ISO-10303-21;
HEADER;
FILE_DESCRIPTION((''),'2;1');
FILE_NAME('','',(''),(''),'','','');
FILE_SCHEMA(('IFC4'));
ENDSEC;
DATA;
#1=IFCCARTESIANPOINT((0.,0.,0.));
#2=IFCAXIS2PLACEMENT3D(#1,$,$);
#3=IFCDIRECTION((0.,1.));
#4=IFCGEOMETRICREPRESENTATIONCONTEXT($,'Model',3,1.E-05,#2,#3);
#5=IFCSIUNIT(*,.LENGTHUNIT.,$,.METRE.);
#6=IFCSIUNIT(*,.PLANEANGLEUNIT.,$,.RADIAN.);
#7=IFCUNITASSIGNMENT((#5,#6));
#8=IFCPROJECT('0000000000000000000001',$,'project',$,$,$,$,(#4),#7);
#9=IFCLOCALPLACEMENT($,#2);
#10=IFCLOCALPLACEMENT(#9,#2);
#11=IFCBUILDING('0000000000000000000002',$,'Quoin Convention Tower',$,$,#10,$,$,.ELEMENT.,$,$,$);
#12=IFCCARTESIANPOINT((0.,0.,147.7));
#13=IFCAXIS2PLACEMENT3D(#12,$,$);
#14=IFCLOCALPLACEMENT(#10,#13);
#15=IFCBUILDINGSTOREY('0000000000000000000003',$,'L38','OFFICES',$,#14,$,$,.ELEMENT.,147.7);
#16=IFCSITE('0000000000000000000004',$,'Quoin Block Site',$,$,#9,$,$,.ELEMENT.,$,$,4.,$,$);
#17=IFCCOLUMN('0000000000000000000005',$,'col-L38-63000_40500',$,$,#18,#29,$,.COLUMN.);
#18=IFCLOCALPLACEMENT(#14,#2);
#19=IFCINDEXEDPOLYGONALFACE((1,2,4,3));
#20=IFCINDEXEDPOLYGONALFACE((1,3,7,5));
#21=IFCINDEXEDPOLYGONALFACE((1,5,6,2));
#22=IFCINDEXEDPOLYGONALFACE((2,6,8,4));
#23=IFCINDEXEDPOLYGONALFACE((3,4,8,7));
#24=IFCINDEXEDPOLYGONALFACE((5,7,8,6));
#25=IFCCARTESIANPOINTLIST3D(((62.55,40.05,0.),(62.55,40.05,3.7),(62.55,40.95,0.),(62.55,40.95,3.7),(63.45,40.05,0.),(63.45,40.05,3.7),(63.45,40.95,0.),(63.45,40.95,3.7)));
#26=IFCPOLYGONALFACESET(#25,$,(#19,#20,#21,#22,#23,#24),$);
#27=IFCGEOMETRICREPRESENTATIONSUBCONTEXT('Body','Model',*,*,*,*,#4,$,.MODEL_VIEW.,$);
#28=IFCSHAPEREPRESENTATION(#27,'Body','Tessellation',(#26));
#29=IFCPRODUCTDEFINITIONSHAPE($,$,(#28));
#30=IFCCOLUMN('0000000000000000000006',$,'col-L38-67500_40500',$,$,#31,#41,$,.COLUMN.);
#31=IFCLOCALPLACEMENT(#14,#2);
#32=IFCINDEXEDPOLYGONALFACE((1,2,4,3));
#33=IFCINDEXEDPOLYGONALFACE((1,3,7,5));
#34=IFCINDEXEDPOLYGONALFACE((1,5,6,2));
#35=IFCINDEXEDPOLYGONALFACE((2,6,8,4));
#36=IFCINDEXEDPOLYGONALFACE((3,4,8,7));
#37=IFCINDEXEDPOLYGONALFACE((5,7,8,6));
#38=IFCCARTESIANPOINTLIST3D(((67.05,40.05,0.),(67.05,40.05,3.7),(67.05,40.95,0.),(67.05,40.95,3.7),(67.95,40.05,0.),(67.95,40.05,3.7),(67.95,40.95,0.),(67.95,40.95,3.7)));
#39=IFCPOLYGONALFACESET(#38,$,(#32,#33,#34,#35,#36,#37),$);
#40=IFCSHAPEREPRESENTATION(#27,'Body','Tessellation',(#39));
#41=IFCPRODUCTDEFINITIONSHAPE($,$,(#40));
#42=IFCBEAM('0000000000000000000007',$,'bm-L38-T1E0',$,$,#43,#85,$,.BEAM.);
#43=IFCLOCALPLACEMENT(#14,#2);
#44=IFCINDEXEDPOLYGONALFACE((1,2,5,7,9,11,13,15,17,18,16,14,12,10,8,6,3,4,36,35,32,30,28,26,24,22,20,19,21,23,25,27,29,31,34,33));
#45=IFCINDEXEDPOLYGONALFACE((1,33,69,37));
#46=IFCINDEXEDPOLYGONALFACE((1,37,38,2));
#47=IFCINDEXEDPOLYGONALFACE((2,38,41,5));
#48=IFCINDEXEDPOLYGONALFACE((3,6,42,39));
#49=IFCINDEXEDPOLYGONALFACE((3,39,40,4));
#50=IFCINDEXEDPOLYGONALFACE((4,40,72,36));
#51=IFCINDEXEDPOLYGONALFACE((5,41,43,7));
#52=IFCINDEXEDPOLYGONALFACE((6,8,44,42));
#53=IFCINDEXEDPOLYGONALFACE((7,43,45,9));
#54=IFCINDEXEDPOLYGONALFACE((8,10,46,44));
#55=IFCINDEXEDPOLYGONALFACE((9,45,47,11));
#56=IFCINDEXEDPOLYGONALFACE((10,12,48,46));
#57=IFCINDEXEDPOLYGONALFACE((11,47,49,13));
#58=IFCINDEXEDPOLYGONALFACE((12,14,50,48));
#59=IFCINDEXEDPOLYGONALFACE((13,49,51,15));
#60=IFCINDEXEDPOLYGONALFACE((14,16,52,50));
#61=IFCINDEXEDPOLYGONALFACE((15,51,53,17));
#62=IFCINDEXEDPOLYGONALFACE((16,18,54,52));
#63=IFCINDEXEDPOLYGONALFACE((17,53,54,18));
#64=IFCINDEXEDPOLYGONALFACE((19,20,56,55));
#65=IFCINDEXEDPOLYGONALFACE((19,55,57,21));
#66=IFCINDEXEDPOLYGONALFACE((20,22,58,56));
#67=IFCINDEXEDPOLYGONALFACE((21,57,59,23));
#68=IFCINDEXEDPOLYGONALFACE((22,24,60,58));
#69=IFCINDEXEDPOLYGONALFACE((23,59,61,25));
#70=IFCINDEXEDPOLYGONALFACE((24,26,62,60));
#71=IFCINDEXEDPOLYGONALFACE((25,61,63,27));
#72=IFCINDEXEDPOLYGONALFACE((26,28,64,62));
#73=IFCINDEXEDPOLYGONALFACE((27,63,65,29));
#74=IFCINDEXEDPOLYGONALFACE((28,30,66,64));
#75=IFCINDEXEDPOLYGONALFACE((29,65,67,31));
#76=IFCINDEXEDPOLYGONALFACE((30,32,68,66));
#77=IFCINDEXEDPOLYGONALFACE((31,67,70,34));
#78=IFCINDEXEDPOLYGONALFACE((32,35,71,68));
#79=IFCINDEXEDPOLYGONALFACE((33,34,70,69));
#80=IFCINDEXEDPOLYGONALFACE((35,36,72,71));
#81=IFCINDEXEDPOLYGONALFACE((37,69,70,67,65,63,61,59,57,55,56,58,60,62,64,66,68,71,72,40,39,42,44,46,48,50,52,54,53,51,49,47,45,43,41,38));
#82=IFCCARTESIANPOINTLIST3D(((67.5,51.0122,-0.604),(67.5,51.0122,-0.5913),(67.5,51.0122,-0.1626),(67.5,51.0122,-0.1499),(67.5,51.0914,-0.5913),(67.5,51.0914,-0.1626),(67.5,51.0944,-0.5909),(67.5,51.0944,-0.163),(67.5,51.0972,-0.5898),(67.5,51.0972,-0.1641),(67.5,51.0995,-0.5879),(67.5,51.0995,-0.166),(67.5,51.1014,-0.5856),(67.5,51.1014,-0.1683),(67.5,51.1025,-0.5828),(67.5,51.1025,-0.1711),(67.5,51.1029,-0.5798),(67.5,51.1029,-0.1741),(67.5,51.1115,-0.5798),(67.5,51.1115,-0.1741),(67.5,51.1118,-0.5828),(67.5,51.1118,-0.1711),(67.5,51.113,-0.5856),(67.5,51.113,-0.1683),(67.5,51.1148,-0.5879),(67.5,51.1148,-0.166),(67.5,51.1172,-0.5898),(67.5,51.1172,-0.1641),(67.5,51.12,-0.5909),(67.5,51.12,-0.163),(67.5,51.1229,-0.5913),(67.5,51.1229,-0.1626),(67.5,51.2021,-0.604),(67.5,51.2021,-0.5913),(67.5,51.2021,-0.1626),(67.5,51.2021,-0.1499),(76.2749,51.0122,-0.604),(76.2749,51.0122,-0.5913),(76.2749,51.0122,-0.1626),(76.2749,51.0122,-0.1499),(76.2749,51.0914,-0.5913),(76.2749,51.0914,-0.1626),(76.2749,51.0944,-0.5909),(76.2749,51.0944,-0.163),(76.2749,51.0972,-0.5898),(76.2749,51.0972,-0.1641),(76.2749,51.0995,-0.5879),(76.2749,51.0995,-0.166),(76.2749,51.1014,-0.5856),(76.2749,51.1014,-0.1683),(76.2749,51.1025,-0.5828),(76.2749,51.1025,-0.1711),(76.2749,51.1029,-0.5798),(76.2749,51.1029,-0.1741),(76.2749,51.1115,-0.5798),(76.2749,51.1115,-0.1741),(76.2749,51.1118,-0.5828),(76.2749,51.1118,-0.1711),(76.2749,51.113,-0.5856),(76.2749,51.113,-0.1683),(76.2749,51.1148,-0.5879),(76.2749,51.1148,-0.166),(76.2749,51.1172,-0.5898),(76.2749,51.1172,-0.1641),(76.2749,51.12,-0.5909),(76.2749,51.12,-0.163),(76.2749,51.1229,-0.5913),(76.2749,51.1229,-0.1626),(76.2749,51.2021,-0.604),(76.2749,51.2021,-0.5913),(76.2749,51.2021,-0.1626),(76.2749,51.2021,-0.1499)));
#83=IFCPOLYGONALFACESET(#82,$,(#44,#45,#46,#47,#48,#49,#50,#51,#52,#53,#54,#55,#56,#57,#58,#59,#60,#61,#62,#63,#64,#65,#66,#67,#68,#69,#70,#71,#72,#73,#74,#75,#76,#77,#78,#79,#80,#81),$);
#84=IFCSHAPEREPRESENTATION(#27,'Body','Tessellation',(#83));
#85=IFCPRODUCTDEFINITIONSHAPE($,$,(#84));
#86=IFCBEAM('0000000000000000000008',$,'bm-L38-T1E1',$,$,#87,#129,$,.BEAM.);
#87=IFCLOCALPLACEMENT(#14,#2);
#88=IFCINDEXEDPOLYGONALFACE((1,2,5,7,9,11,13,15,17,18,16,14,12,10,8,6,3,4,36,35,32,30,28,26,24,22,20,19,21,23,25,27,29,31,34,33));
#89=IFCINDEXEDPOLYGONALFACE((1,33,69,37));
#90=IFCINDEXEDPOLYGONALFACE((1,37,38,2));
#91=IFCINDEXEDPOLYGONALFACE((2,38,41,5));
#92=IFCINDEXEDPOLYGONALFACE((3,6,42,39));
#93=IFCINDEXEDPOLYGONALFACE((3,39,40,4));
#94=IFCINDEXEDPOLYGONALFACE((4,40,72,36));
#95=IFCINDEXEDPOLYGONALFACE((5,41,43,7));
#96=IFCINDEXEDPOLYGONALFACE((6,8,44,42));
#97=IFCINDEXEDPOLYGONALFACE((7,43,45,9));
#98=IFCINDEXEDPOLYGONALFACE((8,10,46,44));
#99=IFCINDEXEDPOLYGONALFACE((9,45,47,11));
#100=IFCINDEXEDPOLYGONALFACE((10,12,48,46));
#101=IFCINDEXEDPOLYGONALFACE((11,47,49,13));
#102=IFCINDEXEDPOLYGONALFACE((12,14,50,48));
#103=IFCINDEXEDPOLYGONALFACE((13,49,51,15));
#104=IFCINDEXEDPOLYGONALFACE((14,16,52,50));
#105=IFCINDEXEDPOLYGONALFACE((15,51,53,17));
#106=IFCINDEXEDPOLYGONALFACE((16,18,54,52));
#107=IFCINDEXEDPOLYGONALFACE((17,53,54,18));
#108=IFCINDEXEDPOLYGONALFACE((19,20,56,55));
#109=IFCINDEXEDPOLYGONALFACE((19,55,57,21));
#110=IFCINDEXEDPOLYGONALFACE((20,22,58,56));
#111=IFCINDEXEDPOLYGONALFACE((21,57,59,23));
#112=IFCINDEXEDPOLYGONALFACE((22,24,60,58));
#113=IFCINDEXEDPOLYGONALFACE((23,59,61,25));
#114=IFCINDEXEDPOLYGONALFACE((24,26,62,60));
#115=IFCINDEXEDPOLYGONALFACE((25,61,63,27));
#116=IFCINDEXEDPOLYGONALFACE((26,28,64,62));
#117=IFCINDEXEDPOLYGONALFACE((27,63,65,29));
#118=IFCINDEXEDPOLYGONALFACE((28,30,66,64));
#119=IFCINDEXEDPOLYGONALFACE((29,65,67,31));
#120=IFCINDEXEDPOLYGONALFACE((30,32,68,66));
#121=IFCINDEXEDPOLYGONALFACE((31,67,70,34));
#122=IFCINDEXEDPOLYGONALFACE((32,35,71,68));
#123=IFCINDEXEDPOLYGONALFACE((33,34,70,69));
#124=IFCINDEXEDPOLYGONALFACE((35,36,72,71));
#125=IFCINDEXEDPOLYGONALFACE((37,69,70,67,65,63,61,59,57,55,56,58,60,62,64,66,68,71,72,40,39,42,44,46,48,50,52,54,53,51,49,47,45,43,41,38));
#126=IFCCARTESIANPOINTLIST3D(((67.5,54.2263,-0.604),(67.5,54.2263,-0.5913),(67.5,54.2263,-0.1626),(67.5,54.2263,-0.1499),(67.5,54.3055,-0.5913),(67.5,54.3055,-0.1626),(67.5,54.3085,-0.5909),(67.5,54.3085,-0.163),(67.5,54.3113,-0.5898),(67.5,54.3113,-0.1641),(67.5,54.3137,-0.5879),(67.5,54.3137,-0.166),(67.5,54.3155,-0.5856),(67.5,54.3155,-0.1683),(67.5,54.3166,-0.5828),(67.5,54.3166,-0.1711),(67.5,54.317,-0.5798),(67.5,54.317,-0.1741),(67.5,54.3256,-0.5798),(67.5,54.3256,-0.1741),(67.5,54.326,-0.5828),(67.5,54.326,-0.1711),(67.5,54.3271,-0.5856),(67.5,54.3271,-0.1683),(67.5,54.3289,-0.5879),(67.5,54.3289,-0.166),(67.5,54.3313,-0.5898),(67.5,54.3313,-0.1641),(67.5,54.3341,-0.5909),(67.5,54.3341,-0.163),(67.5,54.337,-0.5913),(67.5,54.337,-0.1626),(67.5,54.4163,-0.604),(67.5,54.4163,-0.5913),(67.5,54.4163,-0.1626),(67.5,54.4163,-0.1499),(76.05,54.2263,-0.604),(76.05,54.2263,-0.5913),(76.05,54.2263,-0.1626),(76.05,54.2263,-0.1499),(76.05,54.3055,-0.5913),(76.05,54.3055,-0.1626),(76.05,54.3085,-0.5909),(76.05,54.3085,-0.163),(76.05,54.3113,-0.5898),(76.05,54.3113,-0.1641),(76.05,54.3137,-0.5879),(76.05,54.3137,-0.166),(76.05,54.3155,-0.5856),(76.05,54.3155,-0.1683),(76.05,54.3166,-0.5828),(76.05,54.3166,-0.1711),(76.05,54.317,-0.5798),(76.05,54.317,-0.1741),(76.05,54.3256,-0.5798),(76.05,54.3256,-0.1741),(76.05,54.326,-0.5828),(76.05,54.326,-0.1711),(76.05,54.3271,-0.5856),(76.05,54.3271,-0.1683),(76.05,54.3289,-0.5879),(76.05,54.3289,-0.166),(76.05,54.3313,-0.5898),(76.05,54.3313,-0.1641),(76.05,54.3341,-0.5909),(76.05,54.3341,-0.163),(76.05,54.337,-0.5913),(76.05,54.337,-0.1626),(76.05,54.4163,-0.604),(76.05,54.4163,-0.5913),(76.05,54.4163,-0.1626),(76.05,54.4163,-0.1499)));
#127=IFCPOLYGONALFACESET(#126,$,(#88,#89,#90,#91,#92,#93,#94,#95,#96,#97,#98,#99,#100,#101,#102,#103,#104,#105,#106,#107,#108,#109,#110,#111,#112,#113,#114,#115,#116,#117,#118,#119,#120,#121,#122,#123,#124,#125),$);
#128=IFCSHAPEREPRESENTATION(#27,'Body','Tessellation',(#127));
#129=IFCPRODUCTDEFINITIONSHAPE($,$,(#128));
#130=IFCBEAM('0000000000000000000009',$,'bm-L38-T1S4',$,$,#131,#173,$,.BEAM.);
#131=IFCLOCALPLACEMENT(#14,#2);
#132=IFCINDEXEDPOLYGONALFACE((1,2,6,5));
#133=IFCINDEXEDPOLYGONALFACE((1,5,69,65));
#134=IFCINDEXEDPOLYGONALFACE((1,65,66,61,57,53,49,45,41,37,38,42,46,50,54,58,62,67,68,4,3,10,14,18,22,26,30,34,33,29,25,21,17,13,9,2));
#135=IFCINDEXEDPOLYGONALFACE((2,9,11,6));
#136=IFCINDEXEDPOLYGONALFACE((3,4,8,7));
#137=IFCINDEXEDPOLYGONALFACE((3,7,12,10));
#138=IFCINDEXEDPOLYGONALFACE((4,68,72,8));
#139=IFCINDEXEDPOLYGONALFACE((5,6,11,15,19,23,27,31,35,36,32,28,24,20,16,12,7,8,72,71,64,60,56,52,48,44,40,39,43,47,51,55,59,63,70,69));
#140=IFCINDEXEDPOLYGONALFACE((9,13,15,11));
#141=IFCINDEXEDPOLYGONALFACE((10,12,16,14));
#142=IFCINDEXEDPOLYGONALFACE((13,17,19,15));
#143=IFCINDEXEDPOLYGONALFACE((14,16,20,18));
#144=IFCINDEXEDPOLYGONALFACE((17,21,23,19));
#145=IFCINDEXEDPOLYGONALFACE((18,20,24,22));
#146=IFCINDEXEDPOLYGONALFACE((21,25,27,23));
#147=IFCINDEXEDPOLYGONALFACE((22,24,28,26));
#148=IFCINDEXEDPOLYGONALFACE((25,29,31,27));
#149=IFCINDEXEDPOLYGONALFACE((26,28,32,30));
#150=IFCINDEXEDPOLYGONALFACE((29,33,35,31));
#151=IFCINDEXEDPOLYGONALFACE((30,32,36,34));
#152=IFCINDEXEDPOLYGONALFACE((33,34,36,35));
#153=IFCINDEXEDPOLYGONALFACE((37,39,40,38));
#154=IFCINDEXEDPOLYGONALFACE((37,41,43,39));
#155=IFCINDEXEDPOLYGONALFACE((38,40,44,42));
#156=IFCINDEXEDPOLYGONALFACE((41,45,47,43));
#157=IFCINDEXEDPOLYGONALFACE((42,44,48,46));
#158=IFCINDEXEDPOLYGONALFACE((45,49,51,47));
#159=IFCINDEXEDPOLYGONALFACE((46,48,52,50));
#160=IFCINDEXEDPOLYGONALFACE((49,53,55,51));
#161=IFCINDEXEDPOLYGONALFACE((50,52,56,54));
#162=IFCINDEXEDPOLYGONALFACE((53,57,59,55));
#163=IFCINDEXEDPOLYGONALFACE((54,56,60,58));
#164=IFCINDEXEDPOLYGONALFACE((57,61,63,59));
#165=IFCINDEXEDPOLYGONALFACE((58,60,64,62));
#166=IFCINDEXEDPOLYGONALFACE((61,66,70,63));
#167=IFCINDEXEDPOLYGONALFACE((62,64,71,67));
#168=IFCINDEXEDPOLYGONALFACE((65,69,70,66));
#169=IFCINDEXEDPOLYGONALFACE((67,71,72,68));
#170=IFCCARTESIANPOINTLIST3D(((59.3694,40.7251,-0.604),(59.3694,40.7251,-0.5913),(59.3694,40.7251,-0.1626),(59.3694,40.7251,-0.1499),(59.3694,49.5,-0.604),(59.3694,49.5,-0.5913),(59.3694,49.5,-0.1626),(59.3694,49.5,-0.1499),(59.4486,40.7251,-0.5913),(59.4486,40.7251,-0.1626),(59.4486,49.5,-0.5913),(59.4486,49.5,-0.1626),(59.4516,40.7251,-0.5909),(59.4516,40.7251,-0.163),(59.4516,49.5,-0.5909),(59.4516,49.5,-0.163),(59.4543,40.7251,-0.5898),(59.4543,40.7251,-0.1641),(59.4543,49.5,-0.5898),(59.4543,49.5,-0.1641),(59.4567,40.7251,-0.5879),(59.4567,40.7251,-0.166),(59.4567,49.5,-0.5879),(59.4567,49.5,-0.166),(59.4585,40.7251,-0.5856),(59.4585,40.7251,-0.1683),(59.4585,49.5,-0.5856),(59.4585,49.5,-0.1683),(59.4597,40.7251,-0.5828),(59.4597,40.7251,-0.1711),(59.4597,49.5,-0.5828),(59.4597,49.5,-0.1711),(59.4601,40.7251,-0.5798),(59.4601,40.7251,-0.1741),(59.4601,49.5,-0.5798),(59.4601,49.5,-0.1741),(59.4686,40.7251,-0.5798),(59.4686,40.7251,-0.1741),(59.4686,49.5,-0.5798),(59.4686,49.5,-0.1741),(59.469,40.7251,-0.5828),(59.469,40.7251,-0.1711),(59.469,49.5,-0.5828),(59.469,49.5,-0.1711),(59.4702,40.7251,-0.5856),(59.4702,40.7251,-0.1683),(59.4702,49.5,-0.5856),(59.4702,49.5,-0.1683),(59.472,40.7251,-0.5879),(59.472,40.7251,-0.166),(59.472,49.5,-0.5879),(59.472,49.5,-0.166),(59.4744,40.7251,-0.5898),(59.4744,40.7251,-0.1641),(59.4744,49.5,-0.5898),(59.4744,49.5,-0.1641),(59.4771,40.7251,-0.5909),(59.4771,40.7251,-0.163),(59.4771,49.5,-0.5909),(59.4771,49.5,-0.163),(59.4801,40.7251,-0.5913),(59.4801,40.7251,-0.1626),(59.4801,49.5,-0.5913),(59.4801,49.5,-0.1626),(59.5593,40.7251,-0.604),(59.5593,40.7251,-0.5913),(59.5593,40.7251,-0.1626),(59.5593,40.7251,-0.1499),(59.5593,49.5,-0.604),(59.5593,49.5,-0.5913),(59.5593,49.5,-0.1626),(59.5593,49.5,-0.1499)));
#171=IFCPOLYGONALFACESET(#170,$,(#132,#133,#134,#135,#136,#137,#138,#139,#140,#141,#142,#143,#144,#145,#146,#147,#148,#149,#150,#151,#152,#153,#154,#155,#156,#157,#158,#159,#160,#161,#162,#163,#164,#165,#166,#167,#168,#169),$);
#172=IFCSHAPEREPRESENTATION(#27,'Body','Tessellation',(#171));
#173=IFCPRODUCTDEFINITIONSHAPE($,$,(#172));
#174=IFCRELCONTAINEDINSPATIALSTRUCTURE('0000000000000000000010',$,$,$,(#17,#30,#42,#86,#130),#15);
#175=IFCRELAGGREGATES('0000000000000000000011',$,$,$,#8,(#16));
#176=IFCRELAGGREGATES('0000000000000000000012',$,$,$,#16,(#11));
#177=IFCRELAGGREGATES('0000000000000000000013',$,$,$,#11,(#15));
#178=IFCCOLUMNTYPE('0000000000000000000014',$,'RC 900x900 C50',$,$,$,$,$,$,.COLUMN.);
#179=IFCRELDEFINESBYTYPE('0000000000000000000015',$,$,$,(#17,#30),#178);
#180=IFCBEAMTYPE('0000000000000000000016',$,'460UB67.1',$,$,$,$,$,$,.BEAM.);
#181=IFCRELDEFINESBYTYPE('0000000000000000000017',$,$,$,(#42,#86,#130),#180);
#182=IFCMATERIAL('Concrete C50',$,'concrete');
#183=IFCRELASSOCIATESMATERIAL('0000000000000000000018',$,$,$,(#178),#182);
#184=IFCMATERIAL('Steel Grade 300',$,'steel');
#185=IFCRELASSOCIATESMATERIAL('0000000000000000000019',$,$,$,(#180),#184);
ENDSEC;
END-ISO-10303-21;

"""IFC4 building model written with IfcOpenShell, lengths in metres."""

from ifc_helpers import new_model, si_unit, direction, frame, origin, origin_2d, place, context, subcontext, project, spatial, rectangle, i_section, extrude, material, material_profile, profile_set, type_object, element, save


model = new_model("IFC4")

# Units and contexts
model_context = context("Model", 3, precision=1e-05, world=origin(), true_north=direction((0.0, 1.0)))
body_context = subcontext(model_context, "Body", "Model", "MODEL_VIEW")
ifc_project = project(units=[si_unit("LENGTHUNIT", "METRE"), si_unit("PLANEANGLEUNIT", "RADIAN")], contexts=[model_context])

# Site, building, storey
site_placement = place(None, origin())
site = spatial("IfcSite", under=ifc_project, at=site_placement, Name="Quoin Block Site", CompositionType="ELEMENT", RefElevation=4.0)
building_placement = place(site_placement, origin())
building = spatial("IfcBuilding", under=site, at=building_placement, Name="Quoin Convention Tower", CompositionType="ELEMENT")
storey_placement = place(building_placement, frame((0.0, 0.0, 147.7)))
storey = spatial("IfcBuildingStorey", under=building, at=storey_placement, Name="L38", Description="OFFICES", CompositionType="ELEMENT", Elevation=147.7)

# Columns
ifc_material_1 = material(Name="Concrete C50", Category="concrete")
ifc_material_profile_1 = material_profile(ifc_material_1, rectangle(XDim=0.8999, YDim=0.8999, at=origin_2d()), Name="RC 900x900")
ifc_profile_set_1 = profile_set([ifc_material_profile_1], Name="Concrete C50")
column_type = type_object("IfcColumnType", Name="RC 900x900 C50", PredefinedType="COLUMN", material=ifc_profile_set_1)
for number, where, z_axis, x_axis, name in (
    (1, (63.0, 40.5, 0.0), (0.0, 0.0, 1.0), (1.0, 0.0, 0.0), "col-L38-63000_40500"),
    (2, (67.5, 40.5, 0.0), (0.0, 0.0, 1.0), (1.0, 0.0, 0.0), "col-L38-67500_40500"),
):
    element("IfcColumn", number, at=place(storey_placement, frame(where, z_axis=z_axis, x_axis=x_axis)), inside=storey, type_object=column_type, Name=name, PredefinedType="COLUMN", context=body_context, shape_type="SweptSolid", body=[
        extrude(rectangle(XDim=0.8999, YDim=0.8999, at=origin_2d()), origin(), (0.0, 0.0, 1.0), 3.7),
    ])

# Beams
ifc_material_2 = material(Name="Steel Grade 300", Category="steel")
ifc_material_profile_2 = material_profile(ifc_material_2, i_section(OverallWidth=0.1899, OverallDepth=0.4541, WebThickness=0.0085, FlangeThickness=0.0127, FilletRadius=0.0115, at=origin_2d()), Name="460UB67.1")
ifc_profile_set_2 = profile_set([ifc_material_profile_2], Name="Steel Grade 300")
beam_type_1 = type_object("IfcBeamType", Name="460UB67.1", PredefinedType="BEAM", material=ifc_profile_set_2)
beam_1_placement = place(storey_placement, frame((67.5, 51.1072, -0.377), z_axis=(1.0, 0.0, 0.0), x_axis=(0.0, 1.0, 0.0)))
element("IfcBeam", 3, at=beam_1_placement, inside=storey, type_object=beam_type_1, Name="bm-L38-T1E0", PredefinedType="BEAM", context=body_context, shape_type="SweptSolid", body=[
    extrude(i_section(OverallWidth=0.1899, OverallDepth=0.4541, WebThickness=0.0085, FlangeThickness=0.0127, FilletRadius=0.0115, at=origin_2d()), origin(), (0.0, 0.0, 1.0), 8.7749),
])
beam_2_placement = place(storey_placement, frame((67.5, 54.3213, -0.377), z_axis=(1.0, 0.0, 0.0), x_axis=(0.0, 1.0, 0.0)))
element("IfcBeam", 4, at=beam_2_placement, inside=storey, type_object=beam_type_1, Name="bm-L38-T1E1", PredefinedType="BEAM", context=body_context, shape_type="SweptSolid", body=[
    extrude(i_section(OverallWidth=0.1899, OverallDepth=0.4541, WebThickness=0.0085, FlangeThickness=0.0127, FilletRadius=0.0115, at=origin_2d()), origin(), (0.0, 0.0, 1.0), 8.55),
])
beam_3_placement = place(storey_placement, frame((59.4644, 40.7251, -0.377), z_axis=(0.0, 1.0, 0.0), x_axis=(-1.0, 0.0, 0.0)))
element("IfcBeam", 5, at=beam_3_placement, inside=storey, type_object=beam_type_1, Name="bm-L38-T1S4", PredefinedType="BEAM", context=body_context, shape_type="SweptSolid", body=[
    extrude(i_section(OverallWidth=0.1899, OverallDepth=0.4541, WebThickness=0.0085, FlangeThickness=0.0127, FilletRadius=0.0115, at=origin_2d()), origin(), (0.0, 0.0, 1.0), 8.7749),
])

save(model, "model.ifc")
